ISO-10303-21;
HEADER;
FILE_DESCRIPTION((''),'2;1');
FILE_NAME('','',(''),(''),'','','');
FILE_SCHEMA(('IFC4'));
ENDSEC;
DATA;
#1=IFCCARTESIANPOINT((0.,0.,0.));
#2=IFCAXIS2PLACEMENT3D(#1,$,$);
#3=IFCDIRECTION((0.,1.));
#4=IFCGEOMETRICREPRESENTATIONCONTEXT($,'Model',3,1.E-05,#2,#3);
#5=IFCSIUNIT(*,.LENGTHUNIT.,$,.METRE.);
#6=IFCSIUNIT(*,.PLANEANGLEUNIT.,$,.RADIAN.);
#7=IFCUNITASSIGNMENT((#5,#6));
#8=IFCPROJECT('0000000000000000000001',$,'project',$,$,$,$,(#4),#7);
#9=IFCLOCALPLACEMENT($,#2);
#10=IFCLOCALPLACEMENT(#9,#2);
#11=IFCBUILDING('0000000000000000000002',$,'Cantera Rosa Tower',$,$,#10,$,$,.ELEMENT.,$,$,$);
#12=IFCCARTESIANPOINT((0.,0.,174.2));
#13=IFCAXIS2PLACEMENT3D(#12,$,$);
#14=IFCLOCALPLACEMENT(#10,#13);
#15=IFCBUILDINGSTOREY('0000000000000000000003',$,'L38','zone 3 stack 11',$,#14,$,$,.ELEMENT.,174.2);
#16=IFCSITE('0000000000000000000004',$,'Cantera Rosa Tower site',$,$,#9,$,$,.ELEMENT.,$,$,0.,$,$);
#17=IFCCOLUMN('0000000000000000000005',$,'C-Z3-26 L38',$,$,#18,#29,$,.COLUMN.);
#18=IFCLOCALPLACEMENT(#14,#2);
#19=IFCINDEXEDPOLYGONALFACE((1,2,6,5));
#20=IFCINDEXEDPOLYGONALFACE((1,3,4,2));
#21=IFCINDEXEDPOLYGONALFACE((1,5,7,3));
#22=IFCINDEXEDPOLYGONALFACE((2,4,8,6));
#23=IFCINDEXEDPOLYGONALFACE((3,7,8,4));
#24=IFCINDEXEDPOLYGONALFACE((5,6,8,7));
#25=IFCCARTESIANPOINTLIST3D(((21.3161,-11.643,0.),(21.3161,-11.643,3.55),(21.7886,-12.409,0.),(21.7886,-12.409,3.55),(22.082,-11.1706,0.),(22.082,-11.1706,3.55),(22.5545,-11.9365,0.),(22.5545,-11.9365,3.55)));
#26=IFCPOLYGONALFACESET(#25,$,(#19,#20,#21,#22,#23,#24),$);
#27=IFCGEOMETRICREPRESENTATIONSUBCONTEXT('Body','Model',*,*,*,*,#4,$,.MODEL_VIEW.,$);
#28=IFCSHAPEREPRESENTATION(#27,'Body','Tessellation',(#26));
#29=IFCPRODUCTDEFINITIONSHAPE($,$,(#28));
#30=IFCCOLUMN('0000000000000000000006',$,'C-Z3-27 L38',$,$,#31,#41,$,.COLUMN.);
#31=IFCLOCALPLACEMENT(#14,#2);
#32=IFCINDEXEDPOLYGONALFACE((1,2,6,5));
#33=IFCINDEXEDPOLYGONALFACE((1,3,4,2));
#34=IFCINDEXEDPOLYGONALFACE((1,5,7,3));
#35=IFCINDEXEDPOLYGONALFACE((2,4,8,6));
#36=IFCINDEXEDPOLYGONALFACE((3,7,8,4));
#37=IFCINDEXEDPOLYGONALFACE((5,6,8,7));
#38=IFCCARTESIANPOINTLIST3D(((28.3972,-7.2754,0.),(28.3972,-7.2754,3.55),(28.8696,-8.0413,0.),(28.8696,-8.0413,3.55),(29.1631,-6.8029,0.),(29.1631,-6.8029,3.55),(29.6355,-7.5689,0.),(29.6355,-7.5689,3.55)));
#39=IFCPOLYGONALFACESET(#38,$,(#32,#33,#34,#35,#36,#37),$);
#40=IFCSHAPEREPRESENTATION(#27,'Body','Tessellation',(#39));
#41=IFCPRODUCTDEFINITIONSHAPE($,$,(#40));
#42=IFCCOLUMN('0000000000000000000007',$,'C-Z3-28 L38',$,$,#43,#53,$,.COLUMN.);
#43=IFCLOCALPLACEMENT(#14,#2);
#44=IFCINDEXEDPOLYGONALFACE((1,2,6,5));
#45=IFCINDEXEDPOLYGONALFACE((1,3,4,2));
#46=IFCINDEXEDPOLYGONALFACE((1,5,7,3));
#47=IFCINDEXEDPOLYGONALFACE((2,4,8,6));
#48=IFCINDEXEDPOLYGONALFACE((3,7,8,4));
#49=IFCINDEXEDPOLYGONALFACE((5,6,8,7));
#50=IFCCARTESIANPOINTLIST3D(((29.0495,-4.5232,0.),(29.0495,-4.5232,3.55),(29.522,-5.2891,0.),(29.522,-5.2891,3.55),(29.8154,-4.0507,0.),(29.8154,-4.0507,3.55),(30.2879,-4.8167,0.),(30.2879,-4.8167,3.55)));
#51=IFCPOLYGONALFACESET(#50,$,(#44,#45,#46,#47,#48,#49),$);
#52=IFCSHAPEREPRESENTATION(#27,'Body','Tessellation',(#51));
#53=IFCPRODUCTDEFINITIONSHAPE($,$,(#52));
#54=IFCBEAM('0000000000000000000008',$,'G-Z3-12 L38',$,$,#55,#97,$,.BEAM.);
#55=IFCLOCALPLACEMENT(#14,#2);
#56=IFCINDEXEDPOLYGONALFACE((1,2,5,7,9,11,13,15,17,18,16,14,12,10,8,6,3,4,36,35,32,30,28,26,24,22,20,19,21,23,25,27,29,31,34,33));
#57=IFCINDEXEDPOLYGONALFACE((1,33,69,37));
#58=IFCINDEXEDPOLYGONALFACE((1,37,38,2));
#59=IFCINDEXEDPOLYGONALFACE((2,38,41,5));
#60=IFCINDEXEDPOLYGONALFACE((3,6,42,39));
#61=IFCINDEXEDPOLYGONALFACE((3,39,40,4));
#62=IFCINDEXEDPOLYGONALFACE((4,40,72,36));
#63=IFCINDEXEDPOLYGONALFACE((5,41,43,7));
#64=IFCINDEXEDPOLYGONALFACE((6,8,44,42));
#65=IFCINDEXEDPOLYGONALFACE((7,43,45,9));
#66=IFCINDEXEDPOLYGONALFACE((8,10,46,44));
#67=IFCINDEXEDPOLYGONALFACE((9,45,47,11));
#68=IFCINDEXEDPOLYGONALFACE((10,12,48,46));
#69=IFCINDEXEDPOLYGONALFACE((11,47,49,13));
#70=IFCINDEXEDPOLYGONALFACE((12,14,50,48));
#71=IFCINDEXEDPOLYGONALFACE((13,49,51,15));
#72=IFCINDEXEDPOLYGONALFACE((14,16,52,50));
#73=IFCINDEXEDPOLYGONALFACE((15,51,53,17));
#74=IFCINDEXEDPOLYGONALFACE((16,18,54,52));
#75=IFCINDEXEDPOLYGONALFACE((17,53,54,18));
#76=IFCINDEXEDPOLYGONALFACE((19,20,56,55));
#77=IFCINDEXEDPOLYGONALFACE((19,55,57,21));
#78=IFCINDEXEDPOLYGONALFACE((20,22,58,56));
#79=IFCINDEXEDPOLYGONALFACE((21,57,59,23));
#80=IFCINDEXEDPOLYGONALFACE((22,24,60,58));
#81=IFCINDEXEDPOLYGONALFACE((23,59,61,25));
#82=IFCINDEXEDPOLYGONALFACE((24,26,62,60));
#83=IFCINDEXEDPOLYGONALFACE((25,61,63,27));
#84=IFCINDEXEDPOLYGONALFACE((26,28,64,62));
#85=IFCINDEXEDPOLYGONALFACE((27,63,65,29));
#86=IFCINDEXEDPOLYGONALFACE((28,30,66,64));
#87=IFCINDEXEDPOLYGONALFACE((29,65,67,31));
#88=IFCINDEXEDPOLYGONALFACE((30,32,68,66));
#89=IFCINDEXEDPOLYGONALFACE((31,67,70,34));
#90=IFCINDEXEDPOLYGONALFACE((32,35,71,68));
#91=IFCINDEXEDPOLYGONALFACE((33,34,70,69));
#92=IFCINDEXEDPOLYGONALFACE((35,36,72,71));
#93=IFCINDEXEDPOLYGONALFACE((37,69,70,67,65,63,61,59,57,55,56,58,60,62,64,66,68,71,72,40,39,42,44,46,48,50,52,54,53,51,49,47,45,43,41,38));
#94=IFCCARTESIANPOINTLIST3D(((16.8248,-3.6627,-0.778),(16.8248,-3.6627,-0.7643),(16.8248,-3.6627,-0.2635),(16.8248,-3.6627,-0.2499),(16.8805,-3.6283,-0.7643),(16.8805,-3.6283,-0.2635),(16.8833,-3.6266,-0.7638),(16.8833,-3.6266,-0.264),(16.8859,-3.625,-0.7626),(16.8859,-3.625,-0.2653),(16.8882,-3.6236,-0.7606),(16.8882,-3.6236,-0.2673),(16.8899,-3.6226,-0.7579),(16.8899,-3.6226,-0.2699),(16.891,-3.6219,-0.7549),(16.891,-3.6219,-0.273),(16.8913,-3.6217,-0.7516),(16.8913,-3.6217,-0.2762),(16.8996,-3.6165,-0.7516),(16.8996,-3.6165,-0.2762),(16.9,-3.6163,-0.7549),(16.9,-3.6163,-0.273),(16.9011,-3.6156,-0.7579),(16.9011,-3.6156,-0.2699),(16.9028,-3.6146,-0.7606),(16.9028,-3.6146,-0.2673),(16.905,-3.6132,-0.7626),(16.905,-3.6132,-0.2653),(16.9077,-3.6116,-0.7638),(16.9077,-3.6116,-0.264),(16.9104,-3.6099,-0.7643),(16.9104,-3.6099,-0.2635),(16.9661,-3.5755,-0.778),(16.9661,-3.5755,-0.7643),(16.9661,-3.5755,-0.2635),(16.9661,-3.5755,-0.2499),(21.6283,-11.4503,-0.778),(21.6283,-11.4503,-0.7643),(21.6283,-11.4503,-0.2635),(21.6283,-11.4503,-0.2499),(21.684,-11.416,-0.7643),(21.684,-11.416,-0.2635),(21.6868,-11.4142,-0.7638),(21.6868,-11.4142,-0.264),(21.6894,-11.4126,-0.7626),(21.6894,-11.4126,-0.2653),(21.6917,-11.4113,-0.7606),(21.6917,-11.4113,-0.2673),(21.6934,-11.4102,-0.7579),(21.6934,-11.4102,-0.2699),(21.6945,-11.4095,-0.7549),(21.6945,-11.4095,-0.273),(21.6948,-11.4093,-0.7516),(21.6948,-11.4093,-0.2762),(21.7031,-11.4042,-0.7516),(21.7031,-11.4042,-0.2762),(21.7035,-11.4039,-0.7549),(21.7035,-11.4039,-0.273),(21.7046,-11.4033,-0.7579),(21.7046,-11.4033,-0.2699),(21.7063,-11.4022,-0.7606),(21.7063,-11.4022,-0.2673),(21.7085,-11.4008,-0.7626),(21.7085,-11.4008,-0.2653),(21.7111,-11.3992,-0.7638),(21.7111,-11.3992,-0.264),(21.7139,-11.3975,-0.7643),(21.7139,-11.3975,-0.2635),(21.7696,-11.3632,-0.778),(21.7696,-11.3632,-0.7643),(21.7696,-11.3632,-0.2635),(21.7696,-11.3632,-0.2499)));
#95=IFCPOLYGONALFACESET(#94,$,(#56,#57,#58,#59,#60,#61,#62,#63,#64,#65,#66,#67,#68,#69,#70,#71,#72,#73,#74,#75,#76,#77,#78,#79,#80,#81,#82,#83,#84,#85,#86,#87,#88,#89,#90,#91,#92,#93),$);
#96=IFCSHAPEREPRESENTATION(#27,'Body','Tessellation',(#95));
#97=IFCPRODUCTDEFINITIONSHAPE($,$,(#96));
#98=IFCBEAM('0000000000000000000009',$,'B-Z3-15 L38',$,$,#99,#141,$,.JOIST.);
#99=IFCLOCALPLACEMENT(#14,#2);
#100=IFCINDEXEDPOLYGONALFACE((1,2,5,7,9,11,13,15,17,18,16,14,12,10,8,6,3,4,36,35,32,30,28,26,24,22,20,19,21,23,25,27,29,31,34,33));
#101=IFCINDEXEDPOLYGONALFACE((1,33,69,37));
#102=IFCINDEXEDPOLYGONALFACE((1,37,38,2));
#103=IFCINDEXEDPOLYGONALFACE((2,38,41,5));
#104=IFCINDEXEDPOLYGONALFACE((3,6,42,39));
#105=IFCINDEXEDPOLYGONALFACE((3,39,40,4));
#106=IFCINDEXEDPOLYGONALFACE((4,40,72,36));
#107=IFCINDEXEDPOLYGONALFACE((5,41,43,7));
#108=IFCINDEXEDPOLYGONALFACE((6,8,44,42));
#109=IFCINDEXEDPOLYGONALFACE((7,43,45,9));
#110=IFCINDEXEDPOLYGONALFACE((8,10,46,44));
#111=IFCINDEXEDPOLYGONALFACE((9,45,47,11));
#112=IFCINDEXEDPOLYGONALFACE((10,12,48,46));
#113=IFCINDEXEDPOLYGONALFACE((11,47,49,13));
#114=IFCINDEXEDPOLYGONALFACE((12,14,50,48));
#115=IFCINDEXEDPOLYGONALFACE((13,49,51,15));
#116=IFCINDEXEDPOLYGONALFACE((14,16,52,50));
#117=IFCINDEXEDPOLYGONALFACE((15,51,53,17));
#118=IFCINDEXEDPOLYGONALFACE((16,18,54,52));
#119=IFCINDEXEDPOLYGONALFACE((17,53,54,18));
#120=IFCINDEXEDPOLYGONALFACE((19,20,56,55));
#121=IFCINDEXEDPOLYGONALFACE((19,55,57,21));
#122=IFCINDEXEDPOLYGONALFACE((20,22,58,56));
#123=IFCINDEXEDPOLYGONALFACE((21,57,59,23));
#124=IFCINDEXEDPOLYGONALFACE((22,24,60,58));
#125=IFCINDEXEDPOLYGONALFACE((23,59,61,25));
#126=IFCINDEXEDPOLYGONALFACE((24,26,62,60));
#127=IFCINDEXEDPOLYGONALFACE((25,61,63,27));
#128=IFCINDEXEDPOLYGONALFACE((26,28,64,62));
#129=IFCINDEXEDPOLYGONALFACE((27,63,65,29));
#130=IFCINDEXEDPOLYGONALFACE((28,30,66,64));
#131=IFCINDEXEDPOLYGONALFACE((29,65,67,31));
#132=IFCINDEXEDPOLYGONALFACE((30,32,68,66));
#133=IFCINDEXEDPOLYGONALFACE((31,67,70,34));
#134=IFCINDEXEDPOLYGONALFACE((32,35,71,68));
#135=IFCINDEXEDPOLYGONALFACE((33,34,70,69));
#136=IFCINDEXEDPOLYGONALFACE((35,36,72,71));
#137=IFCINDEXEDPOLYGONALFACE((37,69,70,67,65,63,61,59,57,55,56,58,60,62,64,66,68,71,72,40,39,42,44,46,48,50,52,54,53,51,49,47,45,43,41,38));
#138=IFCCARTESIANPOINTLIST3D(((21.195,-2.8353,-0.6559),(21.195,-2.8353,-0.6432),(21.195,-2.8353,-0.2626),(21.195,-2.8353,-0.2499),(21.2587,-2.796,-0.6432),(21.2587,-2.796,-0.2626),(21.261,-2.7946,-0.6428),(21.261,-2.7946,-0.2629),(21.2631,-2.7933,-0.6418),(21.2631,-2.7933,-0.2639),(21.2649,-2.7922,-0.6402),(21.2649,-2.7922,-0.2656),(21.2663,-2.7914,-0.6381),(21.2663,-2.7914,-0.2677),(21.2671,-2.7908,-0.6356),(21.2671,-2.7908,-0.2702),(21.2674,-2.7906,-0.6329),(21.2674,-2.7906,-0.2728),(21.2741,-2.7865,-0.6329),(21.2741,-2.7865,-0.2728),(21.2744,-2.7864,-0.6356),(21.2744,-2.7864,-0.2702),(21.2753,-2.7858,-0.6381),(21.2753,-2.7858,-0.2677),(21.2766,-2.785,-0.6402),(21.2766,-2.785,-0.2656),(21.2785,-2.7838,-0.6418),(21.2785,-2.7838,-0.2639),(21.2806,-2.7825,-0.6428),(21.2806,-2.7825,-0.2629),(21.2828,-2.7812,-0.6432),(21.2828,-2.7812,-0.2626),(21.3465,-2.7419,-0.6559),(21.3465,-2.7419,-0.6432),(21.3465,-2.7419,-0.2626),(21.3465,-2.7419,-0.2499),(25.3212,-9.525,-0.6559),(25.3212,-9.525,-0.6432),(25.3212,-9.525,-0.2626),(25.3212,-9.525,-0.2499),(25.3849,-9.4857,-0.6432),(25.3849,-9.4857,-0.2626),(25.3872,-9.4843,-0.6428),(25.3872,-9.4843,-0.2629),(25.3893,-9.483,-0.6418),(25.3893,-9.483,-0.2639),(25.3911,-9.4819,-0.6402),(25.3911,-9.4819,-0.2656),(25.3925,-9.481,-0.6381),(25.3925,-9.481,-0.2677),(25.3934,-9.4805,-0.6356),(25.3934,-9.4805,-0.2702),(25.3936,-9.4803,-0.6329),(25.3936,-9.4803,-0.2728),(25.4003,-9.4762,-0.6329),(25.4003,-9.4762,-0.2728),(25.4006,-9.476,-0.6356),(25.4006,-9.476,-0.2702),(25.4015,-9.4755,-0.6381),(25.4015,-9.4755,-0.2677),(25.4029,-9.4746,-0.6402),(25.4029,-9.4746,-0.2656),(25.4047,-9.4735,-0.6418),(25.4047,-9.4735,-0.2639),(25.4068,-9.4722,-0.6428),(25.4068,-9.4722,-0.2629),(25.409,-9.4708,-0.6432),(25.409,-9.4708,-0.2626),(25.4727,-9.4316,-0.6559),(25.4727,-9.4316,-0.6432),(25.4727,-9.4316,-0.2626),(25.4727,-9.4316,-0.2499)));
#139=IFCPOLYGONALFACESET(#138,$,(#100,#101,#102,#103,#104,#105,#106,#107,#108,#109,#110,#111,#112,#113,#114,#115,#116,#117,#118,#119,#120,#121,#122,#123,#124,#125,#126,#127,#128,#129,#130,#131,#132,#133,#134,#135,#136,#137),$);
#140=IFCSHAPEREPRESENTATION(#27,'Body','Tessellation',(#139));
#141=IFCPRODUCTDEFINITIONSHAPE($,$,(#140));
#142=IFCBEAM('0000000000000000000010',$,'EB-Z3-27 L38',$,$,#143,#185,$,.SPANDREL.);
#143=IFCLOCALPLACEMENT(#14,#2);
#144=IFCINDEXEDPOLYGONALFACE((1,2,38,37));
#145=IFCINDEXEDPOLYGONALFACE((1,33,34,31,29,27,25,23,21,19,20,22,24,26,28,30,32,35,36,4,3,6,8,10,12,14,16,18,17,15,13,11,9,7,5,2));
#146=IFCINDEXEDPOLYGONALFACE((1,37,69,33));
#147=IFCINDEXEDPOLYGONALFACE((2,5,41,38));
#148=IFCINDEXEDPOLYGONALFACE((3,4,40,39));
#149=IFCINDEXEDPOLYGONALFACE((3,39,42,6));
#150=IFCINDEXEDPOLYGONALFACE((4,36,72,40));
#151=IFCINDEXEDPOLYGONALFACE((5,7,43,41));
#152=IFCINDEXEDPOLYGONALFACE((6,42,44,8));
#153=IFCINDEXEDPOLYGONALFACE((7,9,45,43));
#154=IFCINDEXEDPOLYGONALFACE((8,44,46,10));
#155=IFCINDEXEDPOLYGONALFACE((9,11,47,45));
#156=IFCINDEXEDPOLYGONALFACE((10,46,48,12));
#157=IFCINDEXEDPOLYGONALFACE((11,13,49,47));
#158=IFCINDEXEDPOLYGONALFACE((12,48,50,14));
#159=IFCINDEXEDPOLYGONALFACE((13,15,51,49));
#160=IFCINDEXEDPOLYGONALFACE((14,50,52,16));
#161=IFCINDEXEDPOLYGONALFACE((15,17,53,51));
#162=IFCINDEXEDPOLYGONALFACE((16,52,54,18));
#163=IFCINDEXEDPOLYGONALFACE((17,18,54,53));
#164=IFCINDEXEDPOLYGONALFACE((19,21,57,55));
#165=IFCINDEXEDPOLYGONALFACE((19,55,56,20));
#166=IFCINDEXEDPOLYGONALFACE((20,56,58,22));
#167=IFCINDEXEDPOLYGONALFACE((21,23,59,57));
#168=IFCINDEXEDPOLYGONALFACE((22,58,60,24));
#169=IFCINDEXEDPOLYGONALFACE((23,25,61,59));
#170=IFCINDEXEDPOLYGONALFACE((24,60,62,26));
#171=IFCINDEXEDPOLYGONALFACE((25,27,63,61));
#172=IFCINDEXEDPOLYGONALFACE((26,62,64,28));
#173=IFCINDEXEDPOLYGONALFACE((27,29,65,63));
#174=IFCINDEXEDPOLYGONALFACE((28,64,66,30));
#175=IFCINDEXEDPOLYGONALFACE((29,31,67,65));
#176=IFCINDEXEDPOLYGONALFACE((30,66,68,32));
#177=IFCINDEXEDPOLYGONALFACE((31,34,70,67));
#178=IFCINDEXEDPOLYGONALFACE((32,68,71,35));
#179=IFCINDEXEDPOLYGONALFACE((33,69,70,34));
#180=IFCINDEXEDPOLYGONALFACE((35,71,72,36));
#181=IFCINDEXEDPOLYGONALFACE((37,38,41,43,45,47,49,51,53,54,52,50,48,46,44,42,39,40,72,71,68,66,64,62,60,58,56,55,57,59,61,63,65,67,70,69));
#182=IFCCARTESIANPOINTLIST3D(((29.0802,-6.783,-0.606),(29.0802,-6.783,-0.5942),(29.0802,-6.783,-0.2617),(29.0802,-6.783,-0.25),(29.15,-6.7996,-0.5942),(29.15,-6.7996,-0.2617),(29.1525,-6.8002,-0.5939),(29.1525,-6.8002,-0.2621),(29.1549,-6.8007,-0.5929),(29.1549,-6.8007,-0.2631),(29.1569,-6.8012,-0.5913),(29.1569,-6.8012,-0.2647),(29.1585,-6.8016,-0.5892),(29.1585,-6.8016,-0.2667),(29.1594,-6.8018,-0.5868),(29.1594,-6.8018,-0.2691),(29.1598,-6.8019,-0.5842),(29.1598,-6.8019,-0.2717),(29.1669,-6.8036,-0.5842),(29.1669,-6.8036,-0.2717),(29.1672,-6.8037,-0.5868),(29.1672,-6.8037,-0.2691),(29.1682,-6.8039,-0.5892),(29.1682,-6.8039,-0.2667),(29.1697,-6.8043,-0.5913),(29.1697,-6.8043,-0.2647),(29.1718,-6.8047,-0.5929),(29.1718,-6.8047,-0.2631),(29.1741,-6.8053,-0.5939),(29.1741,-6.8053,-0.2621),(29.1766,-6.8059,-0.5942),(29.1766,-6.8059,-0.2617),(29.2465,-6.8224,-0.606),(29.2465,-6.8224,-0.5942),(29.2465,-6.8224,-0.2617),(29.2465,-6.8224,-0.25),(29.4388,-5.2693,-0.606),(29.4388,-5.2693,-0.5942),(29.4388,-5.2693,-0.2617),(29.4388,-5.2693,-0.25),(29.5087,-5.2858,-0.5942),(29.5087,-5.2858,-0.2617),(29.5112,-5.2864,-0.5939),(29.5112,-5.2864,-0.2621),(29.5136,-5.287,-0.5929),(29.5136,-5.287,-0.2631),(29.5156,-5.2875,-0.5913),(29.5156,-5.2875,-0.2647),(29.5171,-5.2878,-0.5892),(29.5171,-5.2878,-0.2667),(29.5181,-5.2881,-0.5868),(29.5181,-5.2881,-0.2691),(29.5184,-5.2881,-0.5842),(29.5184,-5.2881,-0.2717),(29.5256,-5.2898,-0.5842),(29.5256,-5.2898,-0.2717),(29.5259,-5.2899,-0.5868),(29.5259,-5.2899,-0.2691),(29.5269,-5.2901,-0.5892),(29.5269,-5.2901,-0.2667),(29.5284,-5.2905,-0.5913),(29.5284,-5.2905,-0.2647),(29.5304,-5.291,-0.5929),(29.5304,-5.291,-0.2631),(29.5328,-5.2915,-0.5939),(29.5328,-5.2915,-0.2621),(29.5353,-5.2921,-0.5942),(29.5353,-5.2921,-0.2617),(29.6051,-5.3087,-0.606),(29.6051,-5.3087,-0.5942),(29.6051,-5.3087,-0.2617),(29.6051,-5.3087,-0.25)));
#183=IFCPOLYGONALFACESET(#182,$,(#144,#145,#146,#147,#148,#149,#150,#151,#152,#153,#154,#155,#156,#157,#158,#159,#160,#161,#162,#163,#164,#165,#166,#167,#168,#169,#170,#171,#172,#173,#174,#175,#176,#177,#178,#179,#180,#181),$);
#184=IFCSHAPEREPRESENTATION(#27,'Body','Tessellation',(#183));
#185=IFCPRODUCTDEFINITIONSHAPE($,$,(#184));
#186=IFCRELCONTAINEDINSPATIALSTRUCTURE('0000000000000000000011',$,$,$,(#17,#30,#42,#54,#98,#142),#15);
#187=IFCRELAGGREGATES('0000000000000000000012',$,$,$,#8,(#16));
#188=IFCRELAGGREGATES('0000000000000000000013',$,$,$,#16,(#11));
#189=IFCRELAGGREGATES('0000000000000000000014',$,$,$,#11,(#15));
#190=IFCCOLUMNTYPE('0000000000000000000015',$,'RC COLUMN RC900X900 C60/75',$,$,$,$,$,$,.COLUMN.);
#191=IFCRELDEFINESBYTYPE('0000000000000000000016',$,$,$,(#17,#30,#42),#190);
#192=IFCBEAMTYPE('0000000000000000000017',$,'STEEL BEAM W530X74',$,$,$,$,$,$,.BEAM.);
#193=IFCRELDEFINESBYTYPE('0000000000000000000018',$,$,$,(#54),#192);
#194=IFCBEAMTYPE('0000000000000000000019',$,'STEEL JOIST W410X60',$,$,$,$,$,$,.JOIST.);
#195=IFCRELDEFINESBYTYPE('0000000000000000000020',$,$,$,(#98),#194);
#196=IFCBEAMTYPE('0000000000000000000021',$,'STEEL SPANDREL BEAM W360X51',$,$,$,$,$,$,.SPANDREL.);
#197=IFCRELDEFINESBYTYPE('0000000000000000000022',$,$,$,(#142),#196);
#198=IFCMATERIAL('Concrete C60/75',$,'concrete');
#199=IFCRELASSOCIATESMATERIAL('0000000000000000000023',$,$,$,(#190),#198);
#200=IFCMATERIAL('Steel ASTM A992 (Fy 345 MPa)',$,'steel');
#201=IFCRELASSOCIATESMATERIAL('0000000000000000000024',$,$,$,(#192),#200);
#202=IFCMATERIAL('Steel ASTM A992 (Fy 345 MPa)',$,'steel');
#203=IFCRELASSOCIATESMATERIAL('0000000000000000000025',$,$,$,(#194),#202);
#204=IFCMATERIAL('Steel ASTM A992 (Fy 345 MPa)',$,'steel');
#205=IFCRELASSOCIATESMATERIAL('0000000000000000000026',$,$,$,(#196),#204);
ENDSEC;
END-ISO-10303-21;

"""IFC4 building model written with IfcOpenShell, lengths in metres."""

from ifc_helpers import new_model, si_unit, direction, frame, origin, origin_2d, place, context, subcontext, project, spatial, rectangle, i_section, extrude, material, material_profile, profile_set, type_object, element, save


model = new_model("IFC4")

# Units and contexts
model_context = context("Model", 3, precision=1e-05, world=origin(), true_north=direction((0.0, 1.0)))
body_context = subcontext(model_context, "Body", "Model", "MODEL_VIEW")
ifc_project = project(units=[si_unit("LENGTHUNIT", "METRE"), si_unit("PLANEANGLEUNIT", "RADIAN")], contexts=[model_context])

# Site, building, storey
site_placement = place(None, origin())
site = spatial("IfcSite", under=ifc_project, at=site_placement, Name="Cantera Rosa Tower site", CompositionType="ELEMENT", RefElevation=0.0)
building_placement = place(site_placement, origin())
building = spatial("IfcBuilding", under=site, at=building_placement, Name="Cantera Rosa Tower", CompositionType="ELEMENT")
storey_placement = place(building_placement, frame((0.0, 0.0, 174.2)))
storey = spatial("IfcBuildingStorey", under=building, at=storey_placement, Name="L38", Description="zone 3 stack 11", CompositionType="ELEMENT", Elevation=174.2)

# Columns
ifc_material_1 = material(Name="Concrete C60/75", Category="concrete")
ifc_material_profile_1 = material_profile(ifc_material_1, rectangle(XDim=0.8999, YDim=0.8999, at=origin_2d()), Name="RC COLUMN RC900X900 C60/75")
ifc_profile_set_1 = profile_set([ifc_material_profile_1], Name="Concrete C60/75")
column_type = type_object("IfcColumnType", Name="RC COLUMN RC900X900 C60/75", PredefinedType="COLUMN", material=ifc_profile_set_1)
for number, where, z_axis, x_axis, name in (
    (1, (21.9353, -11.7898, 0.0), (0.0, 0.0, 1.0), (0.851117, 0.524977, 0.0), "C-Z3-26 L38"),
    (2, (29.0164, -7.4221, 0.0), (0.0, 0.0, 1.0), (0.851117, 0.524977, 0.0), "C-Z3-27 L38"),
    (3, (29.6687, -4.6699, 0.0), (0.0, 0.0, 1.0), (0.851117, 0.524977, 0.0), "C-Z3-28 L38"),
):
    element("IfcColumn", number, at=place(storey_placement, frame(where, z_axis=z_axis, x_axis=x_axis)), inside=storey, type_object=column_type, Name=name, PredefinedType="COLUMN", context=body_context, shape_type="SweptSolid", body=[
        extrude(rectangle(XDim=0.8999, YDim=0.8999, at=origin_2d()), origin(), (0.0, 0.0, 1.0), 3.55),
    ])

# Beams
ifc_material_2 = material(Name="Steel ASTM A992 (Fy 345 MPa)", Category="steel")
ifc_material_profile_2 = material_profile(ifc_material_2, i_section(OverallWidth=0.166, OverallDepth=0.5281, WebThickness=0.0098, FlangeThickness=0.0137, FilletRadius=0.0127, at=origin_2d()), Name="W530X74")
ifc_profile_set_2 = profile_set([ifc_material_profile_2], Name="Steel ASTM A992 (Fy 345 MPa)")
beam_type_1 = type_object("IfcBeamType", Name="STEEL BEAM W530X74", PredefinedType="BEAM", material=ifc_profile_set_2)
beam_1_placement = place(storey_placement, frame((21.699, -11.4067, -0.5139), z_axis=(-0.524977, 0.851116, 0.0), x_axis=(-0.851116, -0.524977, 0.0)))
element("IfcBeam", 4, at=beam_1_placement, inside=storey, type_object=beam_type_1, Name="G-Z3-12 L38", PredefinedType="BEAM", context=body_context, shape_type="SweptSolid", body=[
    extrude(i_section(OverallWidth=0.166, OverallDepth=0.5281, WebThickness=0.0098, FlangeThickness=0.0137, FilletRadius=0.0127, at=origin_2d()), origin(), (0.0, 0.0, 1.0), 9.1499),
])
ifc_material_3 = material(Name="Steel ASTM A992 (Fy 345 MPa)", Category="steel")
ifc_material_profile_3 = material_profile(ifc_material_3, i_section(OverallWidth=0.178, OverallDepth=0.406, WebThickness=0.0078, FlangeThickness=0.0127, FilletRadius=0.0103, at=origin_2d()), Name="W410X60")
ifc_profile_set_3 = profile_set([ifc_material_profile_3], Name="Steel ASTM A992 (Fy 345 MPa)")
beam_type_2 = type_object("IfcBeamType", Name="STEEL JOIST W410X60", PredefinedType="JOIST", material=ifc_profile_set_3)
beam_2_placement = place(storey_placement, frame((25.397, -9.4783, -0.4529), z_axis=(-0.524972, 0.851119, 0.0), x_axis=(-0.851119, -0.524972, 0.0)))
element("IfcBeam", 5, at=beam_2_placement, inside=storey, type_object=beam_type_2, Name="B-Z3-15 L38", PredefinedType="JOIST", context=body_context, shape_type="SweptSolid", body=[
    extrude(i_section(OverallWidth=0.178, OverallDepth=0.406, WebThickness=0.0078, FlangeThickness=0.0127, FilletRadius=0.0103, at=origin_2d()), origin(), (0.0, 0.0, 1.0), 7.8599),
])
ifc_material_4 = material(Name="Steel ASTM A992 (Fy 345 MPa)", Category="steel")
ifc_material_profile_4 = material_profile(ifc_material_4, i_section(OverallWidth=0.1709, OverallDepth=0.356, WebThickness=0.0073, FlangeThickness=0.0117, FilletRadius=0.01, at=origin_2d()), Name="W360X51")
ifc_profile_set_4 = profile_set([ifc_material_profile_4], Name="Steel ASTM A992 (Fy 345 MPa)")
beam_type_3 = type_object("IfcBeamType", Name="STEEL SPANDREL BEAM W360X51", PredefinedType="SPANDREL", material=ifc_profile_set_4)
beam_3_placement = place(storey_placement, frame((29.1633, -6.8027, -0.428), z_axis=(0.230552, 0.97306, 0.0), x_axis=(-0.97306, 0.230552, 0.0)))
element("IfcBeam", 6, at=beam_3_placement, inside=storey, type_object=beam_type_3, Name="EB-Z3-27 L38", PredefinedType="SPANDREL", context=body_context, shape_type="SweptSolid", body=[
    extrude(i_section(OverallWidth=0.1709, OverallDepth=0.356, WebThickness=0.0073, FlangeThickness=0.0117, FilletRadius=0.01, at=origin_2d()), origin(), (0.0, 0.0, 1.0), 1.5557),
])

save(model, "model.ifc")
